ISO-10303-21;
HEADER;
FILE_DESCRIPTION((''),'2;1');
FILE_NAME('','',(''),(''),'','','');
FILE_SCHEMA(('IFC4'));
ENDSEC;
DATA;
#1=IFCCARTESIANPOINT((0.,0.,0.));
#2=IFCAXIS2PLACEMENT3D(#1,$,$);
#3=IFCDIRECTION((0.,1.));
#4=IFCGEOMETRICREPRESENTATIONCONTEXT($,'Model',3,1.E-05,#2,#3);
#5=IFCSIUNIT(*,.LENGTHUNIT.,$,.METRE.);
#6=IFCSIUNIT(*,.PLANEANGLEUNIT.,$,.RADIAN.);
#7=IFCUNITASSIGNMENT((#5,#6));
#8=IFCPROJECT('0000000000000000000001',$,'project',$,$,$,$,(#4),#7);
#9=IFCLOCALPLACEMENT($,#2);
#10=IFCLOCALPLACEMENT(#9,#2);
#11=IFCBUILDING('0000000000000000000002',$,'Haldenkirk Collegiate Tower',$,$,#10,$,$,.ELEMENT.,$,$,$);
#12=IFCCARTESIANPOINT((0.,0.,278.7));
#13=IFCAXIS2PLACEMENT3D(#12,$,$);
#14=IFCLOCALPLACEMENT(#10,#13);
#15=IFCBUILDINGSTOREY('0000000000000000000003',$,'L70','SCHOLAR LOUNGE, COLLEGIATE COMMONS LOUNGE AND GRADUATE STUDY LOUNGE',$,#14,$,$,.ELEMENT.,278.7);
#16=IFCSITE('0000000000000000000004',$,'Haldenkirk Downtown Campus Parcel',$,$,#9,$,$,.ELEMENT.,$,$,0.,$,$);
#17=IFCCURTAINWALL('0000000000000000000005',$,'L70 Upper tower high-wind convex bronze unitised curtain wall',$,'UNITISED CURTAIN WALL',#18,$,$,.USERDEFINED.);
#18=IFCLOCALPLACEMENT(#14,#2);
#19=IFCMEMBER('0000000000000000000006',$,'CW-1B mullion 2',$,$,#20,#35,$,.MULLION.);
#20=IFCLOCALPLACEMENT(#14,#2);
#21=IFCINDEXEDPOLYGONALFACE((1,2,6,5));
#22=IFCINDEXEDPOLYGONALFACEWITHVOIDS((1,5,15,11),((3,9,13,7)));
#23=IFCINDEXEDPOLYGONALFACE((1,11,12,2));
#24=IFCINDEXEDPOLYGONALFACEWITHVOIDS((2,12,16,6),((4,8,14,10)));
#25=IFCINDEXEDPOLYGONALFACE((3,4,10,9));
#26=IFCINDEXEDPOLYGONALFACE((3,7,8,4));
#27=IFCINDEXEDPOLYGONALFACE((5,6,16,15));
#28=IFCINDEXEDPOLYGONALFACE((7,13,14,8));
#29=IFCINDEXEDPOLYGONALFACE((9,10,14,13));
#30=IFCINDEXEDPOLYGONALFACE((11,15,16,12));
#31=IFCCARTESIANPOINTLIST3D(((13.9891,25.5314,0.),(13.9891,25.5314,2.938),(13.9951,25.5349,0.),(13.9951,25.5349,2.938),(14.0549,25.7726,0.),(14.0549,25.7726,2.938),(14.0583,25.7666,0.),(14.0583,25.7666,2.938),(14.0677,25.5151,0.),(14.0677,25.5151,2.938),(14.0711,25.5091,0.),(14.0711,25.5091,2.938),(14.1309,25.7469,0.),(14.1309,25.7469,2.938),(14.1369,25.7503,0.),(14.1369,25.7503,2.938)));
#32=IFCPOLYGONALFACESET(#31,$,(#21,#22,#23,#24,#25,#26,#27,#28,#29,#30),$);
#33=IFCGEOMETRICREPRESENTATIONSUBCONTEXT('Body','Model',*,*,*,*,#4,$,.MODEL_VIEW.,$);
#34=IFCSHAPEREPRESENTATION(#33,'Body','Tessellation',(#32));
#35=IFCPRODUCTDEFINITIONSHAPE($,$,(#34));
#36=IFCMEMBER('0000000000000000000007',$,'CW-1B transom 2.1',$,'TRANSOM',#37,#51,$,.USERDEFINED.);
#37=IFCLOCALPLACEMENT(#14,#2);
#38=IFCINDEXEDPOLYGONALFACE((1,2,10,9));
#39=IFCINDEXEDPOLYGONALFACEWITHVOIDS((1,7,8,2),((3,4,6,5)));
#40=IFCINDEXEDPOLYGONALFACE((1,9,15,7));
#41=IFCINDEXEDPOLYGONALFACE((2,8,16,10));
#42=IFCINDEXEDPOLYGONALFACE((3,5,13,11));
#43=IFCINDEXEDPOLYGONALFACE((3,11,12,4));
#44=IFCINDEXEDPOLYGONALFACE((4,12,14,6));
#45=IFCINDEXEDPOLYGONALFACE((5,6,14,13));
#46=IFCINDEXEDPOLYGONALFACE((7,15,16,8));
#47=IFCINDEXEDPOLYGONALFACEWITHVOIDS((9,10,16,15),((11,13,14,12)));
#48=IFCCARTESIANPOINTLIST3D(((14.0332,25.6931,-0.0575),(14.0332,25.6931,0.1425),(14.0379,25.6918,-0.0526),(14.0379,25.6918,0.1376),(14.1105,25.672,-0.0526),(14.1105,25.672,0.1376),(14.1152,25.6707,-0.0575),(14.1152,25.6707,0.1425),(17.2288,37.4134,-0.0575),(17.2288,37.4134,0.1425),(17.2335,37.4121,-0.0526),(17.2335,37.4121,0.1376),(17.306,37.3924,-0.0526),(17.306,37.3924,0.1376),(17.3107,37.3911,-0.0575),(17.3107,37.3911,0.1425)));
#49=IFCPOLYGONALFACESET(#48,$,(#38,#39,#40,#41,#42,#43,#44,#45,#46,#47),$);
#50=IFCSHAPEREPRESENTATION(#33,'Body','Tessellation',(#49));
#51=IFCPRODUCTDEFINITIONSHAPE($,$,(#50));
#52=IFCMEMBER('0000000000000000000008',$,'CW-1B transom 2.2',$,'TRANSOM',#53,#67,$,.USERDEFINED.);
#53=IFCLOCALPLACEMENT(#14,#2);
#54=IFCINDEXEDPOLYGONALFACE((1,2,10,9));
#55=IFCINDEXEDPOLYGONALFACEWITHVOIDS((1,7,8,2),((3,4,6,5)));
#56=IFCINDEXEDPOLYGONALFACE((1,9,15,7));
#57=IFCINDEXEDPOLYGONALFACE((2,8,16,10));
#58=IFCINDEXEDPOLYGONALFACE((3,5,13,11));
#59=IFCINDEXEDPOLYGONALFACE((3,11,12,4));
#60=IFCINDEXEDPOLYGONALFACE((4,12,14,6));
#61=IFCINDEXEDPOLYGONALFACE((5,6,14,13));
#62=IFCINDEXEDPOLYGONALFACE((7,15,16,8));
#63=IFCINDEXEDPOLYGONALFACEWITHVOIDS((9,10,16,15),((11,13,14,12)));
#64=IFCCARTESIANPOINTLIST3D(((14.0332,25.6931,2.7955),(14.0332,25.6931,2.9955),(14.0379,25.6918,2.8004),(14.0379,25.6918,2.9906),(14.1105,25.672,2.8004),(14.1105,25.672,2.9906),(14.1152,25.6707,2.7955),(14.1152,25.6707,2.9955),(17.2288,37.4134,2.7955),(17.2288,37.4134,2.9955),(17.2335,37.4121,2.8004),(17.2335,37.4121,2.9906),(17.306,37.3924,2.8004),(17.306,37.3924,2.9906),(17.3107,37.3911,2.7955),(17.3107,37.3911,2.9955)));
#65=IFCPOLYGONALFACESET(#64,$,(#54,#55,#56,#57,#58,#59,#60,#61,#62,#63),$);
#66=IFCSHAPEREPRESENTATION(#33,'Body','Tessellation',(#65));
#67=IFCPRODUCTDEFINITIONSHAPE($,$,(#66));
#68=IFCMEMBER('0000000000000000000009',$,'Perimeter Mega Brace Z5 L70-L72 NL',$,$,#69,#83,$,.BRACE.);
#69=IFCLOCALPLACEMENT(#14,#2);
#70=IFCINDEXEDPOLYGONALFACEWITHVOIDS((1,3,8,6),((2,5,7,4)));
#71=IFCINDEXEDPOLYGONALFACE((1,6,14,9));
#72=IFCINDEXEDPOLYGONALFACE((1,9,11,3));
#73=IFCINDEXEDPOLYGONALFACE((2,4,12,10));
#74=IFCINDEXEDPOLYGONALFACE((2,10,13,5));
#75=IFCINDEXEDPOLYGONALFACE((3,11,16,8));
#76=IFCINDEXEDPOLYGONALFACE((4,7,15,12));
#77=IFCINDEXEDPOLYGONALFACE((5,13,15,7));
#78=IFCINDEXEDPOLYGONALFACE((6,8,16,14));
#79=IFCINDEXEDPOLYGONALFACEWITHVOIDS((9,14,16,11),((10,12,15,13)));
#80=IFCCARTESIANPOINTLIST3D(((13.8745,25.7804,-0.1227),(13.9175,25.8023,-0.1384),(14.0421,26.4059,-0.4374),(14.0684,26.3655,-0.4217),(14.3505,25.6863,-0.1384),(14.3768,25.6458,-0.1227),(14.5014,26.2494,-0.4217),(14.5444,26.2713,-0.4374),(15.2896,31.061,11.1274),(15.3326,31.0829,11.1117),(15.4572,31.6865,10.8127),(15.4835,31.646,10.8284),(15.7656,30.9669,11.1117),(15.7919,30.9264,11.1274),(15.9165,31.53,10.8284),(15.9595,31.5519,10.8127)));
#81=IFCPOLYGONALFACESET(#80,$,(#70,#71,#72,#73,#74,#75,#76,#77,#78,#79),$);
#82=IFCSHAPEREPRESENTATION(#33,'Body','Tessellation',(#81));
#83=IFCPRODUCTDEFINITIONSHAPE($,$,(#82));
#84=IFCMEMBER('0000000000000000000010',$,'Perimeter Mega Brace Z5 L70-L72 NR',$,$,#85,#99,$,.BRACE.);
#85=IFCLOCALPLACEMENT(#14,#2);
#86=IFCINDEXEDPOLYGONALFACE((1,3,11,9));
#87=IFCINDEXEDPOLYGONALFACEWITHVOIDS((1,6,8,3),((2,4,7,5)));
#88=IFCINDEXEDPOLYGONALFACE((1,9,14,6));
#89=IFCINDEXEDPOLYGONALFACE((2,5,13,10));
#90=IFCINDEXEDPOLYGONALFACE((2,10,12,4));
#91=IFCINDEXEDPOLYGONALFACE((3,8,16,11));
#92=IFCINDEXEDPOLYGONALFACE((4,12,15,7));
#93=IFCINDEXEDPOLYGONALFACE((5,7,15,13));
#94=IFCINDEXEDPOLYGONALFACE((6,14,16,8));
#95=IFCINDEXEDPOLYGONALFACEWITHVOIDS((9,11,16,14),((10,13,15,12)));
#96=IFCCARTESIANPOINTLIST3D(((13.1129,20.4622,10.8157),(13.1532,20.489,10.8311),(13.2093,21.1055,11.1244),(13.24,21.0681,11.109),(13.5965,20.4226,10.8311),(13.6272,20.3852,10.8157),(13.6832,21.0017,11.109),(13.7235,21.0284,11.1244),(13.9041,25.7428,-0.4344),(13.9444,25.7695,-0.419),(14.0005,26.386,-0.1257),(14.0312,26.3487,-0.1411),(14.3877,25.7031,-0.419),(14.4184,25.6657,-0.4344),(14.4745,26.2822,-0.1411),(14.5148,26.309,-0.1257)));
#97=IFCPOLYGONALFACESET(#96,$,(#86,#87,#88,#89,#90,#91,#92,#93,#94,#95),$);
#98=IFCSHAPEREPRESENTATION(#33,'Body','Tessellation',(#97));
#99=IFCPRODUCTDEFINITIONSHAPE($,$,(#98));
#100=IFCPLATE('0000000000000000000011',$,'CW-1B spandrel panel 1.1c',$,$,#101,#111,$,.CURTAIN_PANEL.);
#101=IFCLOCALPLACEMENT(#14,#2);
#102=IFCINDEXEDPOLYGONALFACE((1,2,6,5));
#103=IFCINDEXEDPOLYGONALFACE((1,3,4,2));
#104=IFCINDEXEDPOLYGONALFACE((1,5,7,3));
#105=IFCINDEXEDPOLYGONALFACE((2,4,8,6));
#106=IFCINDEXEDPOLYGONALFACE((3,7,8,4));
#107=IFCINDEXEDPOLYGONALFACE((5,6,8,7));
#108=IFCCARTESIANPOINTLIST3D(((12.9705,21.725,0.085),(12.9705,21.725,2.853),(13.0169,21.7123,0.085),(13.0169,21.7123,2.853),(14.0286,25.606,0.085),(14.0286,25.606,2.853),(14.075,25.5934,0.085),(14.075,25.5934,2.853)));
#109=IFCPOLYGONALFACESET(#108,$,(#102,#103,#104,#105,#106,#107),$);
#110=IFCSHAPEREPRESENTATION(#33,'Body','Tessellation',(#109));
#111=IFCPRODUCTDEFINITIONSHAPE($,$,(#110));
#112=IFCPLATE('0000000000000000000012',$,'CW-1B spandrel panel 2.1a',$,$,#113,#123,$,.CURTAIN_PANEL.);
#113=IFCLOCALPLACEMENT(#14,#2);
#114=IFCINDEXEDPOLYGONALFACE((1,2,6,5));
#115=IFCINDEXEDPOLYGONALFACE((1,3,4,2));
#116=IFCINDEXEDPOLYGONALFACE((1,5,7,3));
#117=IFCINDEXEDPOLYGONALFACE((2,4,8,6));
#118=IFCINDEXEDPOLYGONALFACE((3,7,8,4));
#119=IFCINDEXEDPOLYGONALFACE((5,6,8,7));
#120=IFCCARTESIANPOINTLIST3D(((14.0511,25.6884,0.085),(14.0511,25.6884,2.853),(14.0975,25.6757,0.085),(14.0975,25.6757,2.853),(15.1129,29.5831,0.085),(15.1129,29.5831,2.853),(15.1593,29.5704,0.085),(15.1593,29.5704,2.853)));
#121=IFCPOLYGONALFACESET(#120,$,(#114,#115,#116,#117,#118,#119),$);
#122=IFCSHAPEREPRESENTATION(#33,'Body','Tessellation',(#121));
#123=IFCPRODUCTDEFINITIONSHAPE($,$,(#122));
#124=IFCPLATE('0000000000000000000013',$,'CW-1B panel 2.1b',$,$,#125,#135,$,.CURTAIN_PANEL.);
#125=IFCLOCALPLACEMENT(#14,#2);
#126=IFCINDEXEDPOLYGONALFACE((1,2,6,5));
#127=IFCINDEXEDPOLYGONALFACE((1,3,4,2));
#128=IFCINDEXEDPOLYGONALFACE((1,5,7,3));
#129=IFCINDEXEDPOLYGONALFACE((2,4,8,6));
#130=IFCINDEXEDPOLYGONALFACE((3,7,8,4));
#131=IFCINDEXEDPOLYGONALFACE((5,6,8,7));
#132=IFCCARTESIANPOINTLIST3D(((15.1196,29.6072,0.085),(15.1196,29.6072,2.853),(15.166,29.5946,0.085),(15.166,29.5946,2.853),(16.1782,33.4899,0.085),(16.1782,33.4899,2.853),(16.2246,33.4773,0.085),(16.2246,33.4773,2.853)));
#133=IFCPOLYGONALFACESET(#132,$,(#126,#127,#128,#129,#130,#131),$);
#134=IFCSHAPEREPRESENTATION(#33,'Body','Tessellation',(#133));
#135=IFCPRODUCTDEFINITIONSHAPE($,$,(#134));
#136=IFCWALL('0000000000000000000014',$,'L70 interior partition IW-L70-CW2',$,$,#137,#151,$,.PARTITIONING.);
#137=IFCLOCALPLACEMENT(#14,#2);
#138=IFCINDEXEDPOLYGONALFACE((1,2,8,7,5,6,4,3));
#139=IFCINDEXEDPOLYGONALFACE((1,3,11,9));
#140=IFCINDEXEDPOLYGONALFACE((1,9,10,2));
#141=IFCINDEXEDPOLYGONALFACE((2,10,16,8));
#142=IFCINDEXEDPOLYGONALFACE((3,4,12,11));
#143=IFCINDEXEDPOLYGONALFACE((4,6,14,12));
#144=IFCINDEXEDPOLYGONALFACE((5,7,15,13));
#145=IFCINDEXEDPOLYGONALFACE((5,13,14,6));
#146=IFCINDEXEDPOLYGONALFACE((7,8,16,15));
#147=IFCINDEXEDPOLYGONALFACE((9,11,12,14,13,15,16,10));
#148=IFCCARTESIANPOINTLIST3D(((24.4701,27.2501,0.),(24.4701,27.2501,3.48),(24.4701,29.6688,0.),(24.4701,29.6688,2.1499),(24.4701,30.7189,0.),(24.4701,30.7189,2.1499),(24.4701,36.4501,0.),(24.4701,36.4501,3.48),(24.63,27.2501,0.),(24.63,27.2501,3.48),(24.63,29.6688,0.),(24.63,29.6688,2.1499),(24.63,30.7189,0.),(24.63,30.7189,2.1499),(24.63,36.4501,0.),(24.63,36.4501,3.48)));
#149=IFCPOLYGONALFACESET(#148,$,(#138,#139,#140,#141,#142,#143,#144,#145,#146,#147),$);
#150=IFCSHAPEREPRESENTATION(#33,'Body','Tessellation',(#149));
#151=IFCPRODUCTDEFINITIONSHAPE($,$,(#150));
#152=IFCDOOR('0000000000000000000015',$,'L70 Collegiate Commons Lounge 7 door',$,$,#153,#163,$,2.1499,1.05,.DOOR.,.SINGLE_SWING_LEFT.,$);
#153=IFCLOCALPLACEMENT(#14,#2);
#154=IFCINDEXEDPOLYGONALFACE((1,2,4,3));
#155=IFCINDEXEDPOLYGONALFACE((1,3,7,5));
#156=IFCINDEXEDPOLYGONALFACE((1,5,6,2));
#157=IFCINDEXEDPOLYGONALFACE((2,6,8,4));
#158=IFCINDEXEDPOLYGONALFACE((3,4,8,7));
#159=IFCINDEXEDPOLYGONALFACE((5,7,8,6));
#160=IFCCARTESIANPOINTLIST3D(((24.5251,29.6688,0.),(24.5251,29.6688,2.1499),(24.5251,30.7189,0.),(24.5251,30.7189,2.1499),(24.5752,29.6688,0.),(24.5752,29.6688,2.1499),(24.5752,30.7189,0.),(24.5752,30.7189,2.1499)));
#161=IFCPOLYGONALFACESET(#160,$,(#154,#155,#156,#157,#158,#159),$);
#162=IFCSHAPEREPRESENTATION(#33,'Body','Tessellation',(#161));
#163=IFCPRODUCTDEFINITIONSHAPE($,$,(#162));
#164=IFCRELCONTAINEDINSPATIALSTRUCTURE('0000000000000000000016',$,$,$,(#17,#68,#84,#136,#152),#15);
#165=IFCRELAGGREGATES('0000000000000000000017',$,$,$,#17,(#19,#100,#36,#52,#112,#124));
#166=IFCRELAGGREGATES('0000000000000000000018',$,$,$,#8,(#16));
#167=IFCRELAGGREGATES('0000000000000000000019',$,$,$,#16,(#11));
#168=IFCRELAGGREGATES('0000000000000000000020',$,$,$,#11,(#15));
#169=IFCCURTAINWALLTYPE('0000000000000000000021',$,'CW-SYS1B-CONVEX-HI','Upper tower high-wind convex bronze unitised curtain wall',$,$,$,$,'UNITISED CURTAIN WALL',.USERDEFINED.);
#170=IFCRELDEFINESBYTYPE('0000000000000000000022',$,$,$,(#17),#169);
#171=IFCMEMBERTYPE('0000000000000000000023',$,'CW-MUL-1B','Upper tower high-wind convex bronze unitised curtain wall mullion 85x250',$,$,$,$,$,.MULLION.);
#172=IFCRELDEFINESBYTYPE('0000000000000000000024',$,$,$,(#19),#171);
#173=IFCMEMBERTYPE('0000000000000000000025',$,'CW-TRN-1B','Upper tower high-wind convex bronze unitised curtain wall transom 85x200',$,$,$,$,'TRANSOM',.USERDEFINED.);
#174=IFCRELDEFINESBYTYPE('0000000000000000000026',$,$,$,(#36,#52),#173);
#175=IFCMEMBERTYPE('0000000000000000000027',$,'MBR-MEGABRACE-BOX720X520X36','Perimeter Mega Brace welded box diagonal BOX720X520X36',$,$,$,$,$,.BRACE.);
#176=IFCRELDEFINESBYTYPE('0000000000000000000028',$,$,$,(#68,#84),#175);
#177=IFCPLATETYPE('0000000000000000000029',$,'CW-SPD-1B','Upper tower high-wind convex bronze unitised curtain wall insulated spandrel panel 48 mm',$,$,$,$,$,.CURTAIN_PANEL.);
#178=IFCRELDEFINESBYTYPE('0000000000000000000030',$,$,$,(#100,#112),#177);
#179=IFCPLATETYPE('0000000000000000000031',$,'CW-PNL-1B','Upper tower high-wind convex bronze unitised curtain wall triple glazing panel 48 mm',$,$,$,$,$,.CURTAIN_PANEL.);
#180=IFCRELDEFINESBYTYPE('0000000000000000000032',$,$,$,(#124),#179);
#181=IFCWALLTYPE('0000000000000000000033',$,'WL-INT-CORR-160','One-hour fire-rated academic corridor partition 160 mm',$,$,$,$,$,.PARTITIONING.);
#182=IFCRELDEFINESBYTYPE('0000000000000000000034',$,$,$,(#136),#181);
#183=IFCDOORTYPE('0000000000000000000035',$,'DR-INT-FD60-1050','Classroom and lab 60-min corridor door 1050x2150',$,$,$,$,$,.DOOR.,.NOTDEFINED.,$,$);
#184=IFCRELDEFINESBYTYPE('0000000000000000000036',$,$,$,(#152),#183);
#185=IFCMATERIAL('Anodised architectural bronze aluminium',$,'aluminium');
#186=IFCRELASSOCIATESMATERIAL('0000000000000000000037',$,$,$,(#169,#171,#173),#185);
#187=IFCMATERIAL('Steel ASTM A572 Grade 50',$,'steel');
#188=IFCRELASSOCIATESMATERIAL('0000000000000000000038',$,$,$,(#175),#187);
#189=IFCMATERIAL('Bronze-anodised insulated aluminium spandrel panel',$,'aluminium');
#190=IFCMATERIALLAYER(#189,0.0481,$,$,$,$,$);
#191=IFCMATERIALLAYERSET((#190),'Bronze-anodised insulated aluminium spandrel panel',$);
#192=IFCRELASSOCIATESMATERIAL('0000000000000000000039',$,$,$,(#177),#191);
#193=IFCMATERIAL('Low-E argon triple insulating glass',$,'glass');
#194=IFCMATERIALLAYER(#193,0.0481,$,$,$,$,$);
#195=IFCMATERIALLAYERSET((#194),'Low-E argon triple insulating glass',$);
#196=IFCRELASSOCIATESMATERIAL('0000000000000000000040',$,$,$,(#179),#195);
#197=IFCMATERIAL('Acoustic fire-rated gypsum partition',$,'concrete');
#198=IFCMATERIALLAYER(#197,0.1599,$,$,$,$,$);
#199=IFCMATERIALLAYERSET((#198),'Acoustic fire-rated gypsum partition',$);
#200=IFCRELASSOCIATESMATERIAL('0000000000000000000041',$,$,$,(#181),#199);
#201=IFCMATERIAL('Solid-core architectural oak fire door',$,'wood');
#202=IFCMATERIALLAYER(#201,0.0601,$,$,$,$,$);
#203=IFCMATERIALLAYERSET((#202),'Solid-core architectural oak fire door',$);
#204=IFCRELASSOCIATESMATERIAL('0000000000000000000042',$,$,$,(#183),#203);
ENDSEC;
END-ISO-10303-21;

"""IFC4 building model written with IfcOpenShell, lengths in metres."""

from ifc_helpers import new_model, si_unit, direction, frame, frame_2d, origin, origin_2d, place, context, subcontext, project, spatial, rectangle, hollow_rectangle, extrude, source, transform, mapped, material, layer, layer_set, material_profile, profile_set, type_object, element, fill, aggregate, save


model = new_model("IFC4")

# Units and contexts
model_context = context("Model", 3, precision=1e-05, world=origin(), true_north=direction((0.0, 1.0)))
body_context = subcontext(model_context, "Body", "Model", "MODEL_VIEW")
ifc_project = project(units=[si_unit("LENGTHUNIT", "METRE"), si_unit("PLANEANGLEUNIT", "RADIAN")], contexts=[model_context])

# Site, building, storey
site_placement = place(None, origin())
site = spatial("IfcSite", under=ifc_project, at=site_placement, Name="Haldenkirk Downtown Campus Parcel", CompositionType="ELEMENT", RefElevation=0.0)
building_placement = place(site_placement, origin())
building = spatial("IfcBuilding", under=site, at=building_placement, Name="Haldenkirk Collegiate Tower", CompositionType="ELEMENT")
storey_placement = place(building_placement, frame((0.0, 0.0, 278.7)))
storey = spatial("IfcBuildingStorey", under=building, at=storey_placement, Name="L70", Description="SCHOLAR LOUNGE, COLLEGIATE COMMONS LOUNGE AND GRADUATE STUDY LOUNGE", CompositionType="ELEMENT", Elevation=278.7)

# Curtain wall, members
ifc_material_1 = material(Name="Anodised architectural bronze aluminium", Category="aluminium")
curtain_wall_type = type_object("IfcCurtainWallType", Name="CW-SYS1B-CONVEX-HI", Description="Upper tower high-wind convex bronze unitised curtain wall", ElementType="UNITISED CURTAIN WALL", PredefinedType="USERDEFINED", material=ifc_material_1)
curtain_wall_placement = place(storey_placement, origin())
curtain_wall = element("IfcCurtainWall", 1, at=curtain_wall_placement, inside=storey, type_object=curtain_wall_type, Name="L70 Upper tower high-wind convex bronze unitised curtain wall", ObjectType="UNITISED CURTAIN WALL", PredefinedType="USERDEFINED")
ifc_material_profile_1 = material_profile(ifc_material_1, hollow_rectangle(XDim=0.085, YDim=0.25, WallThickness=0.0049, at=origin_2d()), Name="CW-MUL-1B")
ifc_profile_set_1 = profile_set([ifc_material_profile_1], Name="Anodised architectural bronze aluminium")
member_type_1 = type_object("IfcMemberType", Name="CW-MUL-1B", Description="Upper tower high-wind convex bronze unitised curtain wall mullion 85x250", PredefinedType="MULLION", material=ifc_profile_set_1)
member_1_placement = place(storey_placement, frame((14.063, 25.6409, 0.0), z_axis=(0.0, 0.0, 1.0), x_axis=(-0.964787, 0.263033, 0.0)))
member_1 = element("IfcMember", 2, at=member_1_placement, type_object=member_type_1, Name="CW-1B mullion 2", PredefinedType="MULLION", context=body_context, shape_type="SweptSolid", body=[
    extrude(hollow_rectangle(XDim=0.085, YDim=0.25, WallThickness=0.0049, at=origin_2d()), origin(), (0.0, 0.0, 1.0), 2.938),
])
ifc_material_profile_2 = material_profile(ifc_material_1, hollow_rectangle(XDim=0.085, YDim=0.2, WallThickness=0.0049, at=origin_2d()), Name="CW-TRN-1B")
ifc_profile_set_2 = profile_set([ifc_material_profile_2], Name="Anodised architectural bronze aluminium")
member_type_2 = type_object("IfcMemberType", Name="CW-TRN-1B", Description="Upper tower high-wind convex bronze unitised curtain wall transom 85x200", ElementType="TRANSOM", PredefinedType="USERDEFINED", material=ifc_profile_set_2)
member_2_placement = place(storey_placement, frame((14.0742, 25.6819, 0.0425), z_axis=(0.263046, 0.964783, 0.0), x_axis=(-0.964783, 0.263046, 0.0)))
member_2 = element("IfcMember", 3, at=member_2_placement, type_object=member_type_2, Name="CW-1B transom 2.1", ObjectType="TRANSOM", PredefinedType="USERDEFINED", context=body_context, shape_type="SweptSolid", body=[
    extrude(hollow_rectangle(XDim=0.085, YDim=0.2, WallThickness=0.0049, at=origin_2d()), origin(), (0.0, 0.0, 1.0), 12.1482),
])
member_3_placement = place(storey_placement, frame((14.0742, 25.6819, 2.8955), z_axis=(0.263046, 0.964783, 0.0), x_axis=(-0.964783, 0.263046, 0.0)))
member_3 = element("IfcMember", 4, at=member_3_placement, type_object=member_type_2, Name="CW-1B transom 2.2", ObjectType="TRANSOM", PredefinedType="USERDEFINED", context=body_context, shape_type="SweptSolid", body=[
    extrude(hollow_rectangle(XDim=0.085, YDim=0.2, WallThickness=0.0049, at=origin_2d()), origin(), (0.0, 0.0, 1.0), 12.1482),
])

# Members
ifc_material_2 = material(Name="Steel ASTM A572 Grade 50", Category="steel")
ifc_material_profile_3 = material_profile(ifc_material_2, hollow_rectangle(XDim=0.52, YDim=0.72, WallThickness=0.0359, at=origin_2d()), Name="BOX720X520X36")
ifc_profile_set_3 = profile_set([ifc_material_profile_3], Name="Steel ASTM A572 Grade 50")
member_type_3 = type_object("IfcMemberType", Name="MBR-MEGABRACE-BOX720X520X36", Description="Perimeter Mega Brace welded box diagonal BOX720X520X36", PredefinedType="BRACE", material=ifc_profile_set_3)
member_4_placement = place(storey_placement, frame((14.2095, 26.0259, -0.28), z_axis=(0.113131, 0.422173, 0.899428), x_axis=(-0.96592, 0.258841, 0.0)))
element("IfcMember", 5, at=member_4_placement, inside=storey, type_object=member_type_3, Name="Perimeter Mega Brace Z5 L70-L72 NL", PredefinedType="BRACE", context=body_context, shape_type="SweptSolid", body=[
    extrude(hollow_rectangle(XDim=0.52, YDim=0.72, WallThickness=0.0359, at=origin_2d()), origin(), (0.0, 0.0, 1.0), 12.5081),
])
member_5_placement = place(storey_placement, frame((14.2095, 26.0259, -0.28), z_axis=(-0.063541, -0.424042, 0.903411), x_axis=(0.988959, -0.148191, 0.0)))
element("IfcMember", 6, at=member_5_placement, inside=storey, type_object=member_type_3, Name="Perimeter Mega Brace Z5 L70-L72 NR", PredefinedType="BRACE", context=body_context, shape_type="SweptSolid", body=[
    extrude(hollow_rectangle(XDim=0.52, YDim=0.72, WallThickness=0.0359, at=origin_2d()), origin(), (0.0, 0.0, 1.0), 12.4529),
])

# Plates
ifc_material_3 = material(Name="Bronze-anodised insulated aluminium spandrel panel", Category="aluminium")
ifc_layer_1 = layer(ifc_material_3, 0.0481)
ifc_layer_set_1 = layer_set([ifc_layer_1], Name="Bronze-anodised insulated aluminium spandrel panel")
plate_type_1 = type_object("IfcPlateType", Name="CW-SPD-1B", Description="Upper tower high-wind convex bronze unitised curtain wall insulated spandrel panel 48 mm", PredefinedType="CURTAIN_PANEL", material=ifc_layer_set_1)
shared_shape_1 = source(origin(), body_context, "Body", "SweptSolid", [
    extrude(rectangle(XDim=4.0227, YDim=0.0481, at=origin_2d()), origin(), (0.0, 0.0, 1.0), 2.7681),
])
plate_1_placement = place(storey_placement, frame((13.5227, 23.6592, 0.085), z_axis=(0.0, 0.0, 1.0), x_axis=(0.263033, 0.964787, 0.0)))
plate_1 = element("IfcPlate", 7, at=plate_1_placement, type_object=plate_type_1, Name="CW-1B spandrel panel 1.1c", PredefinedType="CURTAIN_PANEL", context=body_context, shape_type="MappedRepresentation", body=[
    mapped(shared_shape_1, transform((0.0, 0.0, 0.0), x_axis=(1.0, 0.0, 0.0), y_axis=(0.0, 1.0, 0.0), z_axis=(0.0, 0.0, 1.0), scale=1.0)),
])
shared_shape_2 = source(origin(), body_context, "Body", "SweptSolid", [
    extrude(rectangle(XDim=4.0369, YDim=0.0481, at=origin_2d()), origin(), (0.0, 0.0, 1.0), 2.7681),
])
plate_2_placement = place(storey_placement, frame((14.6052, 27.6294, 0.085), z_axis=(0.0, 0.0, 1.0), x_axis=(0.263033, 0.964787, 0.0)))
plate_2 = element("IfcPlate", 8, at=plate_2_placement, type_object=plate_type_1, Name="CW-1B spandrel panel 2.1a", PredefinedType="CURTAIN_PANEL", context=body_context, shape_type="MappedRepresentation", body=[
    mapped(shared_shape_2, transform((0.0, 0.0, 0.0), x_axis=(1.0, 0.0, 0.0), y_axis=(0.0, 1.0, 0.0), z_axis=(0.0, 0.0, 1.0), scale=1.0)),
])
ifc_material_4 = material(Name="Low-E argon triple insulating glass", Category="glass")
ifc_layer_2 = layer(ifc_material_4, 0.0481)
ifc_layer_set_2 = layer_set([ifc_layer_2], Name="Low-E argon triple insulating glass")
plate_type_2 = type_object("IfcPlateType", Name="CW-PNL-1B", Description="Upper tower high-wind convex bronze unitised curtain wall triple glazing panel 48 mm", PredefinedType="CURTAIN_PANEL", material=ifc_layer_set_2)
shared_shape_3 = source(origin(), body_context, "Body", "SweptSolid", [
    extrude(rectangle(XDim=4.0244, YDim=0.0481, at=origin_2d()), origin(), (0.0, 0.0, 1.0), 2.7681),
])
plate_3_placement = place(storey_placement, frame((15.6721, 31.5422, 0.085), z_axis=(0.0, 0.0, 1.0), x_axis=(0.263033, 0.964787, 0.0)))
plate_3 = element("IfcPlate", 9, at=plate_3_placement, type_object=plate_type_2, Name="CW-1B panel 2.1b", PredefinedType="CURTAIN_PANEL", context=body_context, shape_type="MappedRepresentation", body=[
    mapped(shared_shape_3, transform((0.0, 0.0, 0.0), x_axis=(1.0, 0.0, 0.0), y_axis=(0.0, 1.0, 0.0), z_axis=(0.0, 0.0, 1.0), scale=1.0)),
])
aggregate(curtain_wall, [member_1, plate_1, member_2, member_3, plate_2, plate_3])

# Shared definitions
ifc_material_5 = material(Name="Acoustic fire-rated gypsum partition", Category="concrete")
ifc_layer_3 = layer(ifc_material_5, 0.1599)
ifc_layer_set_3 = layer_set([ifc_layer_3], Name="Acoustic fire-rated gypsum partition")
wall_type_1 = type_object("IfcWallType", Name="WL-INT-CORR-160", Description="One-hour fire-rated academic corridor partition 160 mm", PredefinedType="PARTITIONING", material=ifc_layer_set_3)
ifc_material_6 = material(Name="Solid-core architectural oak fire door", Category="wood")

# Wall, opening, door
wall_1_placement = place(storey_placement, frame((24.55, 27.25, 0.0), z_axis=(0.0, 0.0, 1.0), x_axis=(0.0, 1.0, 0.0)))
wall_1 = element("IfcWall", 10, at=wall_1_placement, inside=storey, type_object=wall_type_1, Name="L70 interior partition IW-L70-CW2", PredefinedType="PARTITIONING", context=body_context, shape_type="SweptSolid", body=[
    extrude(rectangle(XDim=9.2, YDim=0.1599, at=frame_2d((4.6001, 0.0))), origin(), (0.0, 0.0, 1.0), 3.48),
])
opening_1_placement = place(wall_1_placement, frame((2.4189, 0.0, 0.0)))
opening_1 = element("IfcOpeningElement", 11, at=opening_1_placement, cuts=wall_1, PredefinedType="OPENING", context=body_context, shape_type="SweptSolid", body=[
    extrude(rectangle(XDim=1.05, YDim=2.1499, at=frame_2d((0.5249, 1.075))), frame((0.0, 0.0898, 0.0), z_axis=(0.0, -1.0, 0.0), x_axis=(1.0, 0.0, 0.0)), (0.0, 0.0, 1.0), 0.1799),
])
ifc_layer_4 = layer(ifc_material_6, 0.0601)
ifc_layer_set_4 = layer_set([ifc_layer_4], Name="Solid-core architectural oak fire door")
door_type_1 = type_object("IfcDoorType", Name="DR-INT-FD60-1050", Description="Classroom and lab 60-min corridor door 1050x2150", OperationType="NOTDEFINED", PredefinedType="DOOR", material=ifc_layer_set_4)
door_1_placement = place(opening_1_placement, origin())
door_1 = element("IfcDoor", 12, at=door_1_placement, inside=storey, type_object=door_type_1, Name="L70 Collegiate Commons Lounge 7 door", OperationType="SINGLE_SWING_LEFT", OverallHeight=2.1499, OverallWidth=1.05, PredefinedType="DOOR", context=body_context, shape_type="SweptSolid", body=[
    extrude(rectangle(XDim=1.05, YDim=2.1499, at=frame_2d((0.5249, 1.075))), frame((0.0, 0.0249, 0.0), z_axis=(0.0, -1.0, 0.0), x_axis=(1.0, 0.0, 0.0)), (0.0, 0.0, 1.0), 0.05),
])
fill(opening_1, door_1)

save(model, "model.ifc")
